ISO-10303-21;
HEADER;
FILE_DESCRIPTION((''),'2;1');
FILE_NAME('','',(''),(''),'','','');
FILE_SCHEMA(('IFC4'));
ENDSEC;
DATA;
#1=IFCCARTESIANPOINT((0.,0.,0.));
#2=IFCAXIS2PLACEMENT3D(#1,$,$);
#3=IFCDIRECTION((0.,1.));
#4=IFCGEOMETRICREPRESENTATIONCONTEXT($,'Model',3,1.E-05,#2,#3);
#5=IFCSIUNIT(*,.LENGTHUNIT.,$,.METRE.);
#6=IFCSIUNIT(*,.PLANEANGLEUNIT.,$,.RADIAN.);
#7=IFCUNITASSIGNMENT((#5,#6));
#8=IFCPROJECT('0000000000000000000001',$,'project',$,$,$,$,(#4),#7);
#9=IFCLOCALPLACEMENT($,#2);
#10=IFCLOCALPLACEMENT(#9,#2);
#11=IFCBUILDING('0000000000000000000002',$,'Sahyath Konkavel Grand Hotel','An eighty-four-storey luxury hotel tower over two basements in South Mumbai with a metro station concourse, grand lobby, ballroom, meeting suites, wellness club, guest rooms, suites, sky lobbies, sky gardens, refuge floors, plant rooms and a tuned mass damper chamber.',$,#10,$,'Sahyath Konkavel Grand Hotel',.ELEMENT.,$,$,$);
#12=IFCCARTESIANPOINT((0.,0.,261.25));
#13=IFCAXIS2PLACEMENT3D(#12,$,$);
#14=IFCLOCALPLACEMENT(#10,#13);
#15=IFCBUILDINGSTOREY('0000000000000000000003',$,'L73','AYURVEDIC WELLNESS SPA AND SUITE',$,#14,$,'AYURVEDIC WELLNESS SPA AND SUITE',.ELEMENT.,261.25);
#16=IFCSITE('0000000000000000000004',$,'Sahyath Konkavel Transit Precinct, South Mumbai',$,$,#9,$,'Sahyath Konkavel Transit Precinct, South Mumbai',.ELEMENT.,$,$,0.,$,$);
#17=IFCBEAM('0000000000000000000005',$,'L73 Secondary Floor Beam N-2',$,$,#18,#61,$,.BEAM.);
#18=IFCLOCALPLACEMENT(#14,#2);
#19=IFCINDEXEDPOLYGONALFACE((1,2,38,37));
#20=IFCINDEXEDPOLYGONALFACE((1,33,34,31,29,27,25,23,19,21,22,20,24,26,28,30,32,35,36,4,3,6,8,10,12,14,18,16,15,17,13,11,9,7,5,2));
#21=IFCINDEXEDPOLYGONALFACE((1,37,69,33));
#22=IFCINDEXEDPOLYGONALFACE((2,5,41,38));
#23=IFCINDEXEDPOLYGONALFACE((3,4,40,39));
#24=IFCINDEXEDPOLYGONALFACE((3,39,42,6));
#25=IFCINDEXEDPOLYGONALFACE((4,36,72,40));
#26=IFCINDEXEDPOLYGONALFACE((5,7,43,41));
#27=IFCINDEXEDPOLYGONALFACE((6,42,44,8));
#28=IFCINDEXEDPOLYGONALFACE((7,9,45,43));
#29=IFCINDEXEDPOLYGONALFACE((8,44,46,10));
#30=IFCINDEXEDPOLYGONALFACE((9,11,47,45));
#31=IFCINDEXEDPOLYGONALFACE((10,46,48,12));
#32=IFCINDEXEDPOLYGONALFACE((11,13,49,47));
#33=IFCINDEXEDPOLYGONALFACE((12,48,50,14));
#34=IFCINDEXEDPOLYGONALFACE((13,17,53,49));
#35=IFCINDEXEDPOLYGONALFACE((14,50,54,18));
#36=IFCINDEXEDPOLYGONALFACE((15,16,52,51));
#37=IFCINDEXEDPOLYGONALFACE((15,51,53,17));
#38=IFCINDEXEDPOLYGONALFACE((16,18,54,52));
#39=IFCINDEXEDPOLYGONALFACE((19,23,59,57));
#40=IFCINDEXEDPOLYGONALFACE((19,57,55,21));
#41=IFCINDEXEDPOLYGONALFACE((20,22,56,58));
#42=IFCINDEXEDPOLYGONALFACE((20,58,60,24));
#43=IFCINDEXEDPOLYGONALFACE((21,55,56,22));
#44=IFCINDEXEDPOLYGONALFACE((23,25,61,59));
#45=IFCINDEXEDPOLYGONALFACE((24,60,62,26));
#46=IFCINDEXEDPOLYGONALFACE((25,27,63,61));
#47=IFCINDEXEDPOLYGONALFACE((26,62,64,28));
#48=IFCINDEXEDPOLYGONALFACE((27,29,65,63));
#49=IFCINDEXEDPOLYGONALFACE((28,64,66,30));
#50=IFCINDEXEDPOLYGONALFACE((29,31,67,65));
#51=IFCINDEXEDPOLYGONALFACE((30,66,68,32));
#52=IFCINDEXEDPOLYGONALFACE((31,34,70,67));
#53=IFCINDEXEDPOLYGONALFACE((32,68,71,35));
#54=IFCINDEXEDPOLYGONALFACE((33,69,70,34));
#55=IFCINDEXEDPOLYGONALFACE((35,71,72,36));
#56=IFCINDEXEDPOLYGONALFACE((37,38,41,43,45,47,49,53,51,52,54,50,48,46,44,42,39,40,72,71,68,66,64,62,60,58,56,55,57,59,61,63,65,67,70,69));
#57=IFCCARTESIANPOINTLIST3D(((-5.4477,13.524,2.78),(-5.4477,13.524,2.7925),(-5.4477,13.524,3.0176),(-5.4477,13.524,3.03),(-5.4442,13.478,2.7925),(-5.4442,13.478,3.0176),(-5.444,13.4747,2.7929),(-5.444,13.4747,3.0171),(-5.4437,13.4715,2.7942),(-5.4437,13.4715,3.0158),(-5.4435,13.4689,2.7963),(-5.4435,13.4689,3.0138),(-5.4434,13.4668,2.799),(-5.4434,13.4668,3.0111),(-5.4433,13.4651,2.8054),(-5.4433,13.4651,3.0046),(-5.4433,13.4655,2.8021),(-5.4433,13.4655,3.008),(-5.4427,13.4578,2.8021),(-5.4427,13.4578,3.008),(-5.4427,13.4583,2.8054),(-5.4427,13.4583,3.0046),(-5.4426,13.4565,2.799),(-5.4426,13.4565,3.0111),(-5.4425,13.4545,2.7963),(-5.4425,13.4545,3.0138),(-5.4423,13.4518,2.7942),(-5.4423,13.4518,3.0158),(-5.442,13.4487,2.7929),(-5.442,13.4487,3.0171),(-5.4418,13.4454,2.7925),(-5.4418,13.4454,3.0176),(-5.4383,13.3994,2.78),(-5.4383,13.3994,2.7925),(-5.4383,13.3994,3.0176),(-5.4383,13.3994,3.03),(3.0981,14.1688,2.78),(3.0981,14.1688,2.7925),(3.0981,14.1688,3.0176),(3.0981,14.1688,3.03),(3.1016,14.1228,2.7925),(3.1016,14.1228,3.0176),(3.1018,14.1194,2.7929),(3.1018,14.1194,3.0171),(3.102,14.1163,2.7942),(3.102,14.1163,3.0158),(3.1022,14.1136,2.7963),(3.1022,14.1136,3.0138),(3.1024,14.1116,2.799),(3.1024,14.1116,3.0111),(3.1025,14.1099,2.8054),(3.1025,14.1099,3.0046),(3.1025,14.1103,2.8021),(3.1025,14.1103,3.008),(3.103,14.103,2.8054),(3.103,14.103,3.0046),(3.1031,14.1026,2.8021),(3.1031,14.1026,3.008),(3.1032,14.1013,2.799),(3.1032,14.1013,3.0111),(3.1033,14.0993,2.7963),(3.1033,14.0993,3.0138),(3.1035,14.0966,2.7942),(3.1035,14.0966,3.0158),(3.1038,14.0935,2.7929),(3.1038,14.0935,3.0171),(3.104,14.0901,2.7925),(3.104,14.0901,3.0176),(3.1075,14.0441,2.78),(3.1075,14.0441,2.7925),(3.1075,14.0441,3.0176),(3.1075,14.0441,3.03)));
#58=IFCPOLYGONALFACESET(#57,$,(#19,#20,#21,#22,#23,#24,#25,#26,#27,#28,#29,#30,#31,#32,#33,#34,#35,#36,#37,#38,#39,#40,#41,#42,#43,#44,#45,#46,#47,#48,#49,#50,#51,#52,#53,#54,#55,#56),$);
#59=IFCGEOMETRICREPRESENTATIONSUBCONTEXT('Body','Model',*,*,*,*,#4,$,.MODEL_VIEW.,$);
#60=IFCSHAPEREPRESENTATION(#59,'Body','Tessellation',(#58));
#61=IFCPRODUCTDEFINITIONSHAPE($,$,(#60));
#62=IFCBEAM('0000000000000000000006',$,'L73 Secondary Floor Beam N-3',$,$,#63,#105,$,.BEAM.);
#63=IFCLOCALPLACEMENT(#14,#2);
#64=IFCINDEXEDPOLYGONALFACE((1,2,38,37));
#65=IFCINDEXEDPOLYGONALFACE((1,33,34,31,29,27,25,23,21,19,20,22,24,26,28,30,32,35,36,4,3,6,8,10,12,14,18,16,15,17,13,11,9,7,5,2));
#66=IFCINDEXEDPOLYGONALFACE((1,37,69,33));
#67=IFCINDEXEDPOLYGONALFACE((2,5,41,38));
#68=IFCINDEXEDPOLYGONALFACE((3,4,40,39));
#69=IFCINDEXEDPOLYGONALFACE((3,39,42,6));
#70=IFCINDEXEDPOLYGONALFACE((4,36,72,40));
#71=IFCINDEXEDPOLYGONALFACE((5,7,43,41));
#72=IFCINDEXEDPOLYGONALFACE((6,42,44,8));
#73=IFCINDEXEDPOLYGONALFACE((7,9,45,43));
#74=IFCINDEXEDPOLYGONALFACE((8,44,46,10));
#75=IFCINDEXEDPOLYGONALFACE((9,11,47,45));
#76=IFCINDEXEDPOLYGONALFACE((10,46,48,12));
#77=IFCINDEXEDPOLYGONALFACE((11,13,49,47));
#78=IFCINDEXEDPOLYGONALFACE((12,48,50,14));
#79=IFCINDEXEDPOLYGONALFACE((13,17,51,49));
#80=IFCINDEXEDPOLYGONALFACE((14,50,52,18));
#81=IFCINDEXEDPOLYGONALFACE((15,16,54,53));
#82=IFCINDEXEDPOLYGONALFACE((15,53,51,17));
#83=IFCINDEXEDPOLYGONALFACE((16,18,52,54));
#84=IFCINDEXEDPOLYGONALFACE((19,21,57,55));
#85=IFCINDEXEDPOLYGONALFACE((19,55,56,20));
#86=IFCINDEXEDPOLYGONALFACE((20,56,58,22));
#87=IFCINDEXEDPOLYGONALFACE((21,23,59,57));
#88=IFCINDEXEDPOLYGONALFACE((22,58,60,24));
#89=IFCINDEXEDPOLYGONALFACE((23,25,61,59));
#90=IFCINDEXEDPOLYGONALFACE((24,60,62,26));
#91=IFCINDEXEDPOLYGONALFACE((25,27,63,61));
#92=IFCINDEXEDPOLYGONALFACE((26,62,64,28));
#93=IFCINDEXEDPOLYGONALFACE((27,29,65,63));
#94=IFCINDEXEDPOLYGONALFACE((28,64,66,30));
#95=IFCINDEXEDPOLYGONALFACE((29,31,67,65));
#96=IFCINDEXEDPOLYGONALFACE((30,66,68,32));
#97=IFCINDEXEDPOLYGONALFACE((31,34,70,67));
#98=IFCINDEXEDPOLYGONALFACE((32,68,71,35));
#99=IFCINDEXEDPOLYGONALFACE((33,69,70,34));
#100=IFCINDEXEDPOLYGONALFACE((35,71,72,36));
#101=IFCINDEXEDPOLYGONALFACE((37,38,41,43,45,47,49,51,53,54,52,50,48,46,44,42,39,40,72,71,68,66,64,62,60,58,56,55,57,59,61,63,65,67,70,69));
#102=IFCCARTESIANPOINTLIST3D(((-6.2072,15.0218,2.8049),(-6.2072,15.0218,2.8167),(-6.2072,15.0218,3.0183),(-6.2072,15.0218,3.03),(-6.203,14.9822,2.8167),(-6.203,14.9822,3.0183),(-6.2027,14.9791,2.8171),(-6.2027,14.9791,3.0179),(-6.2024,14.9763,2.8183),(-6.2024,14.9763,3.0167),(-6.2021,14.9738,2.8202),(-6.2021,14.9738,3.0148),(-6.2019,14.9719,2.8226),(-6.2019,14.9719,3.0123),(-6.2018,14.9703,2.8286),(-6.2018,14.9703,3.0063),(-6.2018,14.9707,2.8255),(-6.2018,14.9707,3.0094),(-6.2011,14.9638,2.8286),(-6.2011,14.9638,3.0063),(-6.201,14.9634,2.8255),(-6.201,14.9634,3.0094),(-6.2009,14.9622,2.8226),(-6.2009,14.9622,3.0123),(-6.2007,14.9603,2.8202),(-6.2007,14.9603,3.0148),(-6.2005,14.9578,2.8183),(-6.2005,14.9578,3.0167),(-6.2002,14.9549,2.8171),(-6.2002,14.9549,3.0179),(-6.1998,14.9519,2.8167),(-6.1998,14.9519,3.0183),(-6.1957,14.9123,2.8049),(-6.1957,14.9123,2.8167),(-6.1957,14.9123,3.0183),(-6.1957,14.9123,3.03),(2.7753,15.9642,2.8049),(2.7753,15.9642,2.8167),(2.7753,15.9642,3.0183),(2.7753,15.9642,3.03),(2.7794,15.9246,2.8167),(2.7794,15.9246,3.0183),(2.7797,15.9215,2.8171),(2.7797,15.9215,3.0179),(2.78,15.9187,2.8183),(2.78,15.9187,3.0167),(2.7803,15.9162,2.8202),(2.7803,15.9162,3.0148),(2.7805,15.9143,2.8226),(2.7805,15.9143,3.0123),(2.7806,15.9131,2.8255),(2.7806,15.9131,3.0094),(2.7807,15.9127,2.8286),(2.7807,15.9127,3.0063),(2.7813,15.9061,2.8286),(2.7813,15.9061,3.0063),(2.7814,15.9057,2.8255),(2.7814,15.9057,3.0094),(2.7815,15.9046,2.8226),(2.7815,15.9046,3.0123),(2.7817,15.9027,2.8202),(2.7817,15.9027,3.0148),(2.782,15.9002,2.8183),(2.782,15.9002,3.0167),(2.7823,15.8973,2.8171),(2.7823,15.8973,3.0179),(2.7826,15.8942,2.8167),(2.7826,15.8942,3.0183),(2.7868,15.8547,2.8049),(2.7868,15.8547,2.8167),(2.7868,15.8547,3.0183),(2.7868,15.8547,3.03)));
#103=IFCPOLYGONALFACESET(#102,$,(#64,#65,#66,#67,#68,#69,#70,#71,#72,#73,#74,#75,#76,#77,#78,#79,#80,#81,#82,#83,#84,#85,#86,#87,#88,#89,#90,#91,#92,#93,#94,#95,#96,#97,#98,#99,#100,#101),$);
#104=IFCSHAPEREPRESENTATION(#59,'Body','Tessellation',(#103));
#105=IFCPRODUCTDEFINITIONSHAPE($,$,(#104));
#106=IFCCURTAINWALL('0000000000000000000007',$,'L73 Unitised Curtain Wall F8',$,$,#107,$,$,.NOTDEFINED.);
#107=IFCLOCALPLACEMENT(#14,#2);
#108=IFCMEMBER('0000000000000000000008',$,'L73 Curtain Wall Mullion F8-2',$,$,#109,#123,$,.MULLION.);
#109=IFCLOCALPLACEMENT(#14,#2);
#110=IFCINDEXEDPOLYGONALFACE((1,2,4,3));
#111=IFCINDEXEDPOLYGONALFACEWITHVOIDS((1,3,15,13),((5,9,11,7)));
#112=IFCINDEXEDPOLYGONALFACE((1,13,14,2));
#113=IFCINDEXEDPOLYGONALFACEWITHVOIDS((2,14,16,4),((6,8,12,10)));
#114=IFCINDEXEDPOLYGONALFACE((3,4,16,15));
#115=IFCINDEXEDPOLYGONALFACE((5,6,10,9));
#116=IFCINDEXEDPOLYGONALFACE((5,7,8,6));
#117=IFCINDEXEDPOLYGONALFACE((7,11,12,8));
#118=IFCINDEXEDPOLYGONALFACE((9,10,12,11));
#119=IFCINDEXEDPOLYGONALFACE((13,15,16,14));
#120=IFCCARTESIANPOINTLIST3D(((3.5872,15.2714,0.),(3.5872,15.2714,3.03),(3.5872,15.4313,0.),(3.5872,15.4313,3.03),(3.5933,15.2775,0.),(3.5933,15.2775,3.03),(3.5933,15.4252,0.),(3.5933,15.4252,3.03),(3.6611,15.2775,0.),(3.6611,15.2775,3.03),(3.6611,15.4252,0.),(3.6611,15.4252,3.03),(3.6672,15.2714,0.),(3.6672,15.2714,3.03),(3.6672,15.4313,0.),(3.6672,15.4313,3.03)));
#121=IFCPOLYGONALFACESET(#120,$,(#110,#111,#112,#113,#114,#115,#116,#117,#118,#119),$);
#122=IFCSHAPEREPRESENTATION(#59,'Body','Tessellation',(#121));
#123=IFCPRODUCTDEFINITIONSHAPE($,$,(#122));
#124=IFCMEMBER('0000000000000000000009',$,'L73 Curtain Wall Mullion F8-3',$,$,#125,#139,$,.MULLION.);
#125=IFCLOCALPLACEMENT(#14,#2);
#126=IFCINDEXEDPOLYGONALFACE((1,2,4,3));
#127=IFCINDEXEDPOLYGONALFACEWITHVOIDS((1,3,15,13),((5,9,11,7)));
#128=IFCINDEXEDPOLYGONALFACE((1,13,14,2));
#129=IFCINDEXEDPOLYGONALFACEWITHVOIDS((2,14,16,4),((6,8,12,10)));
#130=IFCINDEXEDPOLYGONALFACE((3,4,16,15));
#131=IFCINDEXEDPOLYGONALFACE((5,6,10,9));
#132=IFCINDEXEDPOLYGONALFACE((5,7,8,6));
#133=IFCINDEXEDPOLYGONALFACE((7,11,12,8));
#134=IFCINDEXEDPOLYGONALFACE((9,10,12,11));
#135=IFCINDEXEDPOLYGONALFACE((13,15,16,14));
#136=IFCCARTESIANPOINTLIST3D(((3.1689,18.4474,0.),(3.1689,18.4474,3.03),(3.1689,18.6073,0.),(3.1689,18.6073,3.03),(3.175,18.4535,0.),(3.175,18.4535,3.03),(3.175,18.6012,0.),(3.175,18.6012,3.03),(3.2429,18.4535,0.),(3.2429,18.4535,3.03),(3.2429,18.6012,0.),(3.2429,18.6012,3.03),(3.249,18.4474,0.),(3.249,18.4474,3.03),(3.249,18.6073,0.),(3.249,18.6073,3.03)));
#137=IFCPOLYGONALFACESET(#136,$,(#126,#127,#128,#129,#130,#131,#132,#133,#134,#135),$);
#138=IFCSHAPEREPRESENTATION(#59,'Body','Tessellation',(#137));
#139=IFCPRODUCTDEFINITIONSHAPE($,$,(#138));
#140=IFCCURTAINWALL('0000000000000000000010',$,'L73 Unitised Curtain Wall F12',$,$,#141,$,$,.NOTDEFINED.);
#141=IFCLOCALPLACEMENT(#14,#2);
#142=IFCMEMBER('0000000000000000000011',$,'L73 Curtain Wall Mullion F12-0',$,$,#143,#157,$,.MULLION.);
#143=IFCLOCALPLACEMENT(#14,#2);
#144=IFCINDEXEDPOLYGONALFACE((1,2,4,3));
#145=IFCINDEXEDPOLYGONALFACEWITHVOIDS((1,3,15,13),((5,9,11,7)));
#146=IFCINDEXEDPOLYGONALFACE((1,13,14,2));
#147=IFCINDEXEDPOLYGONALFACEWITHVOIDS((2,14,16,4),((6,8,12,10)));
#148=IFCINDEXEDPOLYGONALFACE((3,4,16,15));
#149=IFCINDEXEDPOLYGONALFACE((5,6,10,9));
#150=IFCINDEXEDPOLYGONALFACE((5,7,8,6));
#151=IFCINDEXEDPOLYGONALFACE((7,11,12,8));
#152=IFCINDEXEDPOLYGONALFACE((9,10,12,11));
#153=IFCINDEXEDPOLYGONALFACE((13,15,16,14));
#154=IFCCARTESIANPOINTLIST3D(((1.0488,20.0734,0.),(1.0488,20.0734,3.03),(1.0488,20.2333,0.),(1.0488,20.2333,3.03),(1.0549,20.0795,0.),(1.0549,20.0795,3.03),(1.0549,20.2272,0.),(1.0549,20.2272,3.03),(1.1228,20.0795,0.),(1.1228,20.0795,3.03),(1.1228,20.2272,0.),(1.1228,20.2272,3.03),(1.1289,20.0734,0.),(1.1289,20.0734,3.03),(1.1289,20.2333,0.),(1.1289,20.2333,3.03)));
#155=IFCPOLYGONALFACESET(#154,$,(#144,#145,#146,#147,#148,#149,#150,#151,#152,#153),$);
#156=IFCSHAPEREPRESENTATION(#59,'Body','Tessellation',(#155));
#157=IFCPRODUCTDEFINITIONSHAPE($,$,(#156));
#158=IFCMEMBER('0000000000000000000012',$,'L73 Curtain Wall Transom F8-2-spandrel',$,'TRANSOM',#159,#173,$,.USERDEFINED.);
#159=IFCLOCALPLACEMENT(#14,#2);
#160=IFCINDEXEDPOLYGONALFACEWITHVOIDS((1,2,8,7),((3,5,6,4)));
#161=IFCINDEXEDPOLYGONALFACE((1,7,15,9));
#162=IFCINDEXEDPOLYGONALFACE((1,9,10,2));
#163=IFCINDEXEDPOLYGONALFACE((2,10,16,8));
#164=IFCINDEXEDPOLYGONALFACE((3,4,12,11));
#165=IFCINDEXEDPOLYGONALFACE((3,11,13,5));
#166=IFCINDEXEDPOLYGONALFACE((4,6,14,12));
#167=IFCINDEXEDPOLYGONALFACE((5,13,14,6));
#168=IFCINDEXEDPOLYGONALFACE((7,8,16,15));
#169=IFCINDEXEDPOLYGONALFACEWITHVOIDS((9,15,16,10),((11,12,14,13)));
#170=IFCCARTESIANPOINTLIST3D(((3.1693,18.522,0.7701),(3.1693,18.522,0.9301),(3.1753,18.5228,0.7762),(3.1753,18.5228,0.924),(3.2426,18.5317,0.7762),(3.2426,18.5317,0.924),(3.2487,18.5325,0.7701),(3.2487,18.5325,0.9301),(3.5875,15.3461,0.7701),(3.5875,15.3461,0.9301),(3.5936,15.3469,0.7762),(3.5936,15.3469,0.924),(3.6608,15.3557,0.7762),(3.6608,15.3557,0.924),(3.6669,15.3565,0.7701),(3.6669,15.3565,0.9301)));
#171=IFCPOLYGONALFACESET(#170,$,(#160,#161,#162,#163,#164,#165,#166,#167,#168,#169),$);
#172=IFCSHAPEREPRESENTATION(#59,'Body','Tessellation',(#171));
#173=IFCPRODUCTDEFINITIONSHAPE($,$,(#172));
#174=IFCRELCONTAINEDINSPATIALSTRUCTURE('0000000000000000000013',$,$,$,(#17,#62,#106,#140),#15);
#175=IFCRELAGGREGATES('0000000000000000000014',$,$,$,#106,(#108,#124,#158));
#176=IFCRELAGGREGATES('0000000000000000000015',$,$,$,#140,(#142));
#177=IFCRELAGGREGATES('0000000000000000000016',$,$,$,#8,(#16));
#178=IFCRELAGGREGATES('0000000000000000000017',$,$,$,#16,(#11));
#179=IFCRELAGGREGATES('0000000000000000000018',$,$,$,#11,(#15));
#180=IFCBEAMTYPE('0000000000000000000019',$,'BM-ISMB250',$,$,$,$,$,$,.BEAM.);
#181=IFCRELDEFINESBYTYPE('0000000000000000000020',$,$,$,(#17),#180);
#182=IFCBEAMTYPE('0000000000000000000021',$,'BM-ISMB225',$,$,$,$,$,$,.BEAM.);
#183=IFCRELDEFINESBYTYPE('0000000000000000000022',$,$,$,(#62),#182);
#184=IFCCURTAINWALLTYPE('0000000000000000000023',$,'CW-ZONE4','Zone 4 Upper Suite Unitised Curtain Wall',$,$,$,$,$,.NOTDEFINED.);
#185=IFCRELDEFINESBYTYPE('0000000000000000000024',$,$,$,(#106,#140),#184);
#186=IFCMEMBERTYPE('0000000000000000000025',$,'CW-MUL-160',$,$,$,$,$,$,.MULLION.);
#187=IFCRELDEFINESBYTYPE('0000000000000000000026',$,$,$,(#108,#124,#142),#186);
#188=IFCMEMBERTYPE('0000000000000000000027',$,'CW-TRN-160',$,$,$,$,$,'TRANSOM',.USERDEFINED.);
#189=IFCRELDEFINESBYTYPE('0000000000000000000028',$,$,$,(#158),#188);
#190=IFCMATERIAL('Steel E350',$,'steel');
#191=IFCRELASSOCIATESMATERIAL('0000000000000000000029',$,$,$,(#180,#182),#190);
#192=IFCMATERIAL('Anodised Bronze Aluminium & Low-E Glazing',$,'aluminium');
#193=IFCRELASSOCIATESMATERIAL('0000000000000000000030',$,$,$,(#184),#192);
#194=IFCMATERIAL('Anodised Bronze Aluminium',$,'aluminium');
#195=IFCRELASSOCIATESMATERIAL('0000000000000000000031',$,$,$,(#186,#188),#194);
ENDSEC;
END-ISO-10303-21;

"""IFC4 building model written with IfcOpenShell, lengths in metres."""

from ifc_helpers import new_model, si_unit, direction, frame, origin, origin_2d, place, context, subcontext, project, spatial, hollow_rectangle, i_section, extrude, source, transform, mapped, material, material_profile, profile_set, type_object, element, aggregate, save


model = new_model("IFC4")

# Units and contexts
model_context = context("Model", 3, precision=1e-05, world=origin(), true_north=direction((0.0, 1.0)))
body_context = subcontext(model_context, "Body", "Model", "MODEL_VIEW")
ifc_project = project(units=[si_unit("LENGTHUNIT", "METRE"), si_unit("PLANEANGLEUNIT", "RADIAN")], contexts=[model_context])

# Site, building, storey
site_placement = place(None, origin())
site = spatial("IfcSite", under=ifc_project, at=site_placement, Name="Sahyath Konkavel Transit Precinct, South Mumbai", LongName="Sahyath Konkavel Transit Precinct, South Mumbai", CompositionType="ELEMENT", RefElevation=0.0)
building_placement = place(site_placement, origin())
building = spatial("IfcBuilding", under=site, at=building_placement, Name="Sahyath Konkavel Grand Hotel", Description="An eighty-four-storey luxury hotel tower over two basements in South Mumbai with a metro station concourse, grand lobby, ballroom, meeting suites, wellness club, guest rooms, suites, sky lobbies, sky gardens, refuge floors, plant rooms and a tuned mass damper chamber.", LongName="Sahyath Konkavel Grand Hotel", CompositionType="ELEMENT")
storey_placement = place(building_placement, frame((0.0, 0.0, 261.25)))
storey = spatial("IfcBuildingStorey", under=building, at=storey_placement, Name="L73", Description="AYURVEDIC WELLNESS SPA AND SUITE", LongName="AYURVEDIC WELLNESS SPA AND SUITE", CompositionType="ELEMENT", Elevation=261.25)

# Beams
ifc_material_1 = material(Name="Steel E350", Category="steel")
ifc_material_profile_1 = material_profile(ifc_material_1, i_section(OverallWidth=0.125, OverallDepth=0.25, WebThickness=0.0068, FlangeThickness=0.0125, FilletRadius=0.0129, at=origin_2d()), Name="ISMB 250")
ifc_profile_set_1 = profile_set([ifc_material_profile_1], Name="Steel E350")
beam_type_1 = type_object("IfcBeamType", Name="BM-ISMB250", PredefinedType="BEAM", material=ifc_profile_set_1)
shared_shape_1 = source(origin(), body_context, "Body", "SweptSolid", [
    extrude(i_section(OverallWidth=0.125, OverallDepth=0.25, WebThickness=0.0068, FlangeThickness=0.0125, FilletRadius=0.0129, at=origin_2d()), origin(), (0.0, 0.0, 1.0), 8.5701),
])
beam_1_placement = place(storey_placement, frame((3.1028, 14.1064, 2.905), z_axis=(-0.997166, -0.075235, 0.0), x_axis=(0.075235, -0.997166, 0.0)))
element("IfcBeam", 1, at=beam_1_placement, inside=storey, type_object=beam_type_1, Name="L73 Secondary Floor Beam N-2", PredefinedType="BEAM", context=body_context, shape_type="MappedRepresentation", body=[
    mapped(shared_shape_1, transform((0.0, 0.0, 0.0), scale=1.0)),
])
ifc_material_profile_2 = material_profile(ifc_material_1, i_section(OverallWidth=0.1101, OverallDepth=0.2251, WebThickness=0.0066, FlangeThickness=0.0117, FilletRadius=0.012, at=origin_2d()), Name="ISMB 225")
ifc_profile_set_2 = profile_set([ifc_material_profile_2], Name="Steel E350")
beam_type_2 = type_object("IfcBeamType", Name="BM-ISMB225", PredefinedType="BEAM", material=ifc_profile_set_2)
shared_shape_2 = source(origin(), body_context, "Body", "SweptSolid", [
    extrude(i_section(OverallWidth=0.1101, OverallDepth=0.2251, WebThickness=0.0066, FlangeThickness=0.0117, FilletRadius=0.012, at=origin_2d()), origin(), (0.0, 0.0, 1.0), 9.0317),
])
beam_2_placement = place(storey_placement, frame((2.781, 15.9094, 2.9175), z_axis=(-0.994542, -0.104341, 0.0), x_axis=(0.104341, -0.994542, 0.0)))
element("IfcBeam", 2, at=beam_2_placement, inside=storey, type_object=beam_type_2, Name="L73 Secondary Floor Beam N-3", PredefinedType="BEAM", context=body_context, shape_type="MappedRepresentation", body=[
    mapped(shared_shape_2, transform((0.0, 0.0, 0.0), scale=1.0)),
])

# Curtain wall, members
ifc_material_2 = material(Name="Anodised Bronze Aluminium & Low-E Glazing", Category="aluminium")
curtain_wall_type = type_object("IfcCurtainWallType", Name="CW-ZONE4", Description="Zone 4 Upper Suite Unitised Curtain Wall", PredefinedType="NOTDEFINED", material=ifc_material_2)
curtain_wall_1_placement = place(storey_placement, origin())
curtain_wall_1 = element("IfcCurtainWall", 3, at=curtain_wall_1_placement, inside=storey, type_object=curtain_wall_type, Name="L73 Unitised Curtain Wall F8", PredefinedType="NOTDEFINED")
ifc_material_3 = material(Name="Anodised Bronze Aluminium", Category="aluminium")
ifc_material_profile_3 = material_profile(ifc_material_3, hollow_rectangle(XDim=0.0801, YDim=0.1599, WallThickness=0.0061, at=origin_2d()), Name="RHS 160x80x6")
ifc_profile_set_3 = profile_set([ifc_material_profile_3], Name="Anodised Bronze Aluminium")
member_type_1 = type_object("IfcMemberType", Name="CW-MUL-160", PredefinedType="MULLION", material=ifc_profile_set_3)
shared_shape_3 = source(origin(), body_context, "Body", "SweptSolid", [
    extrude(hollow_rectangle(XDim=0.0801, YDim=0.1599, WallThickness=0.0061, at=origin_2d()), origin(), (0.0, 0.0, 1.0), 3.03),
])
member_1_placement = place(storey_placement, frame((3.6272, 15.3513, 0.0), z_axis=(0.0, 0.0, 1.0), x_axis=(1.0, 0.0, 0.0)))
member_1 = element("IfcMember", 4, at=member_1_placement, type_object=member_type_1, Name="L73 Curtain Wall Mullion F8-2", PredefinedType="MULLION", context=body_context, shape_type="MappedRepresentation", body=[
    mapped(shared_shape_3, transform((0.0, 0.0, 0.0), scale=1.0)),
])
member_2_placement = place(storey_placement, frame((3.209, 18.5273, 0.0), z_axis=(0.0, 0.0, 1.0), x_axis=(1.0, 0.0, 0.0)))
member_2 = element("IfcMember", 5, at=member_2_placement, type_object=member_type_1, Name="L73 Curtain Wall Mullion F8-3", PredefinedType="MULLION", context=body_context, shape_type="MappedRepresentation", body=[
    mapped(shared_shape_3, transform((0.0, 0.0, 0.0), scale=1.0)),
])

# Curtain wall, member
curtain_wall_2_placement = place(storey_placement, origin())
curtain_wall_2 = element("IfcCurtainWall", 6, at=curtain_wall_2_placement, inside=storey, type_object=curtain_wall_type, Name="L73 Unitised Curtain Wall F12", PredefinedType="NOTDEFINED")
member_3_placement = place(storey_placement, frame((1.0889, 20.1533, 0.0), z_axis=(0.0, 0.0, 1.0), x_axis=(1.0, 0.0, 0.0)))
member_3 = element("IfcMember", 7, at=member_3_placement, type_object=member_type_1, Name="L73 Curtain Wall Mullion F12-0", PredefinedType="MULLION", context=body_context, shape_type="MappedRepresentation", body=[
    mapped(shared_shape_3, transform((0.0, 0.0, 0.0), scale=1.0)),
])

# Member
ifc_material_profile_4 = material_profile(ifc_material_3, hollow_rectangle(XDim=0.0801, YDim=0.1599, WallThickness=0.0061, at=origin_2d()), Name="RHS 160x80x6")
ifc_profile_set_4 = profile_set([ifc_material_profile_4], Name="Anodised Bronze Aluminium")
member_type_2 = type_object("IfcMemberType", Name="CW-TRN-160", ElementType="TRANSOM", PredefinedType="USERDEFINED", material=ifc_profile_set_4)
shared_shape_4 = source(origin(), body_context, "Body", "SweptSolid", [
    extrude(hollow_rectangle(XDim=0.0801, YDim=0.1599, WallThickness=0.0061, at=origin_2d()), origin(), (0.0, 0.0, 1.0), 3.2034),
])
member_4_placement = place(storey_placement, frame((3.6272, 15.3513, 0.8501), z_axis=(-0.130551, 0.991442, 0.0), x_axis=(-0.991442, -0.130551, 0.0)))
member_4 = element("IfcMember", 8, at=member_4_placement, type_object=member_type_2, Name="L73 Curtain Wall Transom F8-2-spandrel", ObjectType="TRANSOM", PredefinedType="USERDEFINED", context=body_context, shape_type="MappedRepresentation", body=[
    mapped(shared_shape_4, transform((0.0, 0.0, 0.0), scale=1.0)),
])

aggregate(curtain_wall_1, [member_1, member_2, member_4])
aggregate(curtain_wall_2, [member_3])

save(model, "model.ifc")
